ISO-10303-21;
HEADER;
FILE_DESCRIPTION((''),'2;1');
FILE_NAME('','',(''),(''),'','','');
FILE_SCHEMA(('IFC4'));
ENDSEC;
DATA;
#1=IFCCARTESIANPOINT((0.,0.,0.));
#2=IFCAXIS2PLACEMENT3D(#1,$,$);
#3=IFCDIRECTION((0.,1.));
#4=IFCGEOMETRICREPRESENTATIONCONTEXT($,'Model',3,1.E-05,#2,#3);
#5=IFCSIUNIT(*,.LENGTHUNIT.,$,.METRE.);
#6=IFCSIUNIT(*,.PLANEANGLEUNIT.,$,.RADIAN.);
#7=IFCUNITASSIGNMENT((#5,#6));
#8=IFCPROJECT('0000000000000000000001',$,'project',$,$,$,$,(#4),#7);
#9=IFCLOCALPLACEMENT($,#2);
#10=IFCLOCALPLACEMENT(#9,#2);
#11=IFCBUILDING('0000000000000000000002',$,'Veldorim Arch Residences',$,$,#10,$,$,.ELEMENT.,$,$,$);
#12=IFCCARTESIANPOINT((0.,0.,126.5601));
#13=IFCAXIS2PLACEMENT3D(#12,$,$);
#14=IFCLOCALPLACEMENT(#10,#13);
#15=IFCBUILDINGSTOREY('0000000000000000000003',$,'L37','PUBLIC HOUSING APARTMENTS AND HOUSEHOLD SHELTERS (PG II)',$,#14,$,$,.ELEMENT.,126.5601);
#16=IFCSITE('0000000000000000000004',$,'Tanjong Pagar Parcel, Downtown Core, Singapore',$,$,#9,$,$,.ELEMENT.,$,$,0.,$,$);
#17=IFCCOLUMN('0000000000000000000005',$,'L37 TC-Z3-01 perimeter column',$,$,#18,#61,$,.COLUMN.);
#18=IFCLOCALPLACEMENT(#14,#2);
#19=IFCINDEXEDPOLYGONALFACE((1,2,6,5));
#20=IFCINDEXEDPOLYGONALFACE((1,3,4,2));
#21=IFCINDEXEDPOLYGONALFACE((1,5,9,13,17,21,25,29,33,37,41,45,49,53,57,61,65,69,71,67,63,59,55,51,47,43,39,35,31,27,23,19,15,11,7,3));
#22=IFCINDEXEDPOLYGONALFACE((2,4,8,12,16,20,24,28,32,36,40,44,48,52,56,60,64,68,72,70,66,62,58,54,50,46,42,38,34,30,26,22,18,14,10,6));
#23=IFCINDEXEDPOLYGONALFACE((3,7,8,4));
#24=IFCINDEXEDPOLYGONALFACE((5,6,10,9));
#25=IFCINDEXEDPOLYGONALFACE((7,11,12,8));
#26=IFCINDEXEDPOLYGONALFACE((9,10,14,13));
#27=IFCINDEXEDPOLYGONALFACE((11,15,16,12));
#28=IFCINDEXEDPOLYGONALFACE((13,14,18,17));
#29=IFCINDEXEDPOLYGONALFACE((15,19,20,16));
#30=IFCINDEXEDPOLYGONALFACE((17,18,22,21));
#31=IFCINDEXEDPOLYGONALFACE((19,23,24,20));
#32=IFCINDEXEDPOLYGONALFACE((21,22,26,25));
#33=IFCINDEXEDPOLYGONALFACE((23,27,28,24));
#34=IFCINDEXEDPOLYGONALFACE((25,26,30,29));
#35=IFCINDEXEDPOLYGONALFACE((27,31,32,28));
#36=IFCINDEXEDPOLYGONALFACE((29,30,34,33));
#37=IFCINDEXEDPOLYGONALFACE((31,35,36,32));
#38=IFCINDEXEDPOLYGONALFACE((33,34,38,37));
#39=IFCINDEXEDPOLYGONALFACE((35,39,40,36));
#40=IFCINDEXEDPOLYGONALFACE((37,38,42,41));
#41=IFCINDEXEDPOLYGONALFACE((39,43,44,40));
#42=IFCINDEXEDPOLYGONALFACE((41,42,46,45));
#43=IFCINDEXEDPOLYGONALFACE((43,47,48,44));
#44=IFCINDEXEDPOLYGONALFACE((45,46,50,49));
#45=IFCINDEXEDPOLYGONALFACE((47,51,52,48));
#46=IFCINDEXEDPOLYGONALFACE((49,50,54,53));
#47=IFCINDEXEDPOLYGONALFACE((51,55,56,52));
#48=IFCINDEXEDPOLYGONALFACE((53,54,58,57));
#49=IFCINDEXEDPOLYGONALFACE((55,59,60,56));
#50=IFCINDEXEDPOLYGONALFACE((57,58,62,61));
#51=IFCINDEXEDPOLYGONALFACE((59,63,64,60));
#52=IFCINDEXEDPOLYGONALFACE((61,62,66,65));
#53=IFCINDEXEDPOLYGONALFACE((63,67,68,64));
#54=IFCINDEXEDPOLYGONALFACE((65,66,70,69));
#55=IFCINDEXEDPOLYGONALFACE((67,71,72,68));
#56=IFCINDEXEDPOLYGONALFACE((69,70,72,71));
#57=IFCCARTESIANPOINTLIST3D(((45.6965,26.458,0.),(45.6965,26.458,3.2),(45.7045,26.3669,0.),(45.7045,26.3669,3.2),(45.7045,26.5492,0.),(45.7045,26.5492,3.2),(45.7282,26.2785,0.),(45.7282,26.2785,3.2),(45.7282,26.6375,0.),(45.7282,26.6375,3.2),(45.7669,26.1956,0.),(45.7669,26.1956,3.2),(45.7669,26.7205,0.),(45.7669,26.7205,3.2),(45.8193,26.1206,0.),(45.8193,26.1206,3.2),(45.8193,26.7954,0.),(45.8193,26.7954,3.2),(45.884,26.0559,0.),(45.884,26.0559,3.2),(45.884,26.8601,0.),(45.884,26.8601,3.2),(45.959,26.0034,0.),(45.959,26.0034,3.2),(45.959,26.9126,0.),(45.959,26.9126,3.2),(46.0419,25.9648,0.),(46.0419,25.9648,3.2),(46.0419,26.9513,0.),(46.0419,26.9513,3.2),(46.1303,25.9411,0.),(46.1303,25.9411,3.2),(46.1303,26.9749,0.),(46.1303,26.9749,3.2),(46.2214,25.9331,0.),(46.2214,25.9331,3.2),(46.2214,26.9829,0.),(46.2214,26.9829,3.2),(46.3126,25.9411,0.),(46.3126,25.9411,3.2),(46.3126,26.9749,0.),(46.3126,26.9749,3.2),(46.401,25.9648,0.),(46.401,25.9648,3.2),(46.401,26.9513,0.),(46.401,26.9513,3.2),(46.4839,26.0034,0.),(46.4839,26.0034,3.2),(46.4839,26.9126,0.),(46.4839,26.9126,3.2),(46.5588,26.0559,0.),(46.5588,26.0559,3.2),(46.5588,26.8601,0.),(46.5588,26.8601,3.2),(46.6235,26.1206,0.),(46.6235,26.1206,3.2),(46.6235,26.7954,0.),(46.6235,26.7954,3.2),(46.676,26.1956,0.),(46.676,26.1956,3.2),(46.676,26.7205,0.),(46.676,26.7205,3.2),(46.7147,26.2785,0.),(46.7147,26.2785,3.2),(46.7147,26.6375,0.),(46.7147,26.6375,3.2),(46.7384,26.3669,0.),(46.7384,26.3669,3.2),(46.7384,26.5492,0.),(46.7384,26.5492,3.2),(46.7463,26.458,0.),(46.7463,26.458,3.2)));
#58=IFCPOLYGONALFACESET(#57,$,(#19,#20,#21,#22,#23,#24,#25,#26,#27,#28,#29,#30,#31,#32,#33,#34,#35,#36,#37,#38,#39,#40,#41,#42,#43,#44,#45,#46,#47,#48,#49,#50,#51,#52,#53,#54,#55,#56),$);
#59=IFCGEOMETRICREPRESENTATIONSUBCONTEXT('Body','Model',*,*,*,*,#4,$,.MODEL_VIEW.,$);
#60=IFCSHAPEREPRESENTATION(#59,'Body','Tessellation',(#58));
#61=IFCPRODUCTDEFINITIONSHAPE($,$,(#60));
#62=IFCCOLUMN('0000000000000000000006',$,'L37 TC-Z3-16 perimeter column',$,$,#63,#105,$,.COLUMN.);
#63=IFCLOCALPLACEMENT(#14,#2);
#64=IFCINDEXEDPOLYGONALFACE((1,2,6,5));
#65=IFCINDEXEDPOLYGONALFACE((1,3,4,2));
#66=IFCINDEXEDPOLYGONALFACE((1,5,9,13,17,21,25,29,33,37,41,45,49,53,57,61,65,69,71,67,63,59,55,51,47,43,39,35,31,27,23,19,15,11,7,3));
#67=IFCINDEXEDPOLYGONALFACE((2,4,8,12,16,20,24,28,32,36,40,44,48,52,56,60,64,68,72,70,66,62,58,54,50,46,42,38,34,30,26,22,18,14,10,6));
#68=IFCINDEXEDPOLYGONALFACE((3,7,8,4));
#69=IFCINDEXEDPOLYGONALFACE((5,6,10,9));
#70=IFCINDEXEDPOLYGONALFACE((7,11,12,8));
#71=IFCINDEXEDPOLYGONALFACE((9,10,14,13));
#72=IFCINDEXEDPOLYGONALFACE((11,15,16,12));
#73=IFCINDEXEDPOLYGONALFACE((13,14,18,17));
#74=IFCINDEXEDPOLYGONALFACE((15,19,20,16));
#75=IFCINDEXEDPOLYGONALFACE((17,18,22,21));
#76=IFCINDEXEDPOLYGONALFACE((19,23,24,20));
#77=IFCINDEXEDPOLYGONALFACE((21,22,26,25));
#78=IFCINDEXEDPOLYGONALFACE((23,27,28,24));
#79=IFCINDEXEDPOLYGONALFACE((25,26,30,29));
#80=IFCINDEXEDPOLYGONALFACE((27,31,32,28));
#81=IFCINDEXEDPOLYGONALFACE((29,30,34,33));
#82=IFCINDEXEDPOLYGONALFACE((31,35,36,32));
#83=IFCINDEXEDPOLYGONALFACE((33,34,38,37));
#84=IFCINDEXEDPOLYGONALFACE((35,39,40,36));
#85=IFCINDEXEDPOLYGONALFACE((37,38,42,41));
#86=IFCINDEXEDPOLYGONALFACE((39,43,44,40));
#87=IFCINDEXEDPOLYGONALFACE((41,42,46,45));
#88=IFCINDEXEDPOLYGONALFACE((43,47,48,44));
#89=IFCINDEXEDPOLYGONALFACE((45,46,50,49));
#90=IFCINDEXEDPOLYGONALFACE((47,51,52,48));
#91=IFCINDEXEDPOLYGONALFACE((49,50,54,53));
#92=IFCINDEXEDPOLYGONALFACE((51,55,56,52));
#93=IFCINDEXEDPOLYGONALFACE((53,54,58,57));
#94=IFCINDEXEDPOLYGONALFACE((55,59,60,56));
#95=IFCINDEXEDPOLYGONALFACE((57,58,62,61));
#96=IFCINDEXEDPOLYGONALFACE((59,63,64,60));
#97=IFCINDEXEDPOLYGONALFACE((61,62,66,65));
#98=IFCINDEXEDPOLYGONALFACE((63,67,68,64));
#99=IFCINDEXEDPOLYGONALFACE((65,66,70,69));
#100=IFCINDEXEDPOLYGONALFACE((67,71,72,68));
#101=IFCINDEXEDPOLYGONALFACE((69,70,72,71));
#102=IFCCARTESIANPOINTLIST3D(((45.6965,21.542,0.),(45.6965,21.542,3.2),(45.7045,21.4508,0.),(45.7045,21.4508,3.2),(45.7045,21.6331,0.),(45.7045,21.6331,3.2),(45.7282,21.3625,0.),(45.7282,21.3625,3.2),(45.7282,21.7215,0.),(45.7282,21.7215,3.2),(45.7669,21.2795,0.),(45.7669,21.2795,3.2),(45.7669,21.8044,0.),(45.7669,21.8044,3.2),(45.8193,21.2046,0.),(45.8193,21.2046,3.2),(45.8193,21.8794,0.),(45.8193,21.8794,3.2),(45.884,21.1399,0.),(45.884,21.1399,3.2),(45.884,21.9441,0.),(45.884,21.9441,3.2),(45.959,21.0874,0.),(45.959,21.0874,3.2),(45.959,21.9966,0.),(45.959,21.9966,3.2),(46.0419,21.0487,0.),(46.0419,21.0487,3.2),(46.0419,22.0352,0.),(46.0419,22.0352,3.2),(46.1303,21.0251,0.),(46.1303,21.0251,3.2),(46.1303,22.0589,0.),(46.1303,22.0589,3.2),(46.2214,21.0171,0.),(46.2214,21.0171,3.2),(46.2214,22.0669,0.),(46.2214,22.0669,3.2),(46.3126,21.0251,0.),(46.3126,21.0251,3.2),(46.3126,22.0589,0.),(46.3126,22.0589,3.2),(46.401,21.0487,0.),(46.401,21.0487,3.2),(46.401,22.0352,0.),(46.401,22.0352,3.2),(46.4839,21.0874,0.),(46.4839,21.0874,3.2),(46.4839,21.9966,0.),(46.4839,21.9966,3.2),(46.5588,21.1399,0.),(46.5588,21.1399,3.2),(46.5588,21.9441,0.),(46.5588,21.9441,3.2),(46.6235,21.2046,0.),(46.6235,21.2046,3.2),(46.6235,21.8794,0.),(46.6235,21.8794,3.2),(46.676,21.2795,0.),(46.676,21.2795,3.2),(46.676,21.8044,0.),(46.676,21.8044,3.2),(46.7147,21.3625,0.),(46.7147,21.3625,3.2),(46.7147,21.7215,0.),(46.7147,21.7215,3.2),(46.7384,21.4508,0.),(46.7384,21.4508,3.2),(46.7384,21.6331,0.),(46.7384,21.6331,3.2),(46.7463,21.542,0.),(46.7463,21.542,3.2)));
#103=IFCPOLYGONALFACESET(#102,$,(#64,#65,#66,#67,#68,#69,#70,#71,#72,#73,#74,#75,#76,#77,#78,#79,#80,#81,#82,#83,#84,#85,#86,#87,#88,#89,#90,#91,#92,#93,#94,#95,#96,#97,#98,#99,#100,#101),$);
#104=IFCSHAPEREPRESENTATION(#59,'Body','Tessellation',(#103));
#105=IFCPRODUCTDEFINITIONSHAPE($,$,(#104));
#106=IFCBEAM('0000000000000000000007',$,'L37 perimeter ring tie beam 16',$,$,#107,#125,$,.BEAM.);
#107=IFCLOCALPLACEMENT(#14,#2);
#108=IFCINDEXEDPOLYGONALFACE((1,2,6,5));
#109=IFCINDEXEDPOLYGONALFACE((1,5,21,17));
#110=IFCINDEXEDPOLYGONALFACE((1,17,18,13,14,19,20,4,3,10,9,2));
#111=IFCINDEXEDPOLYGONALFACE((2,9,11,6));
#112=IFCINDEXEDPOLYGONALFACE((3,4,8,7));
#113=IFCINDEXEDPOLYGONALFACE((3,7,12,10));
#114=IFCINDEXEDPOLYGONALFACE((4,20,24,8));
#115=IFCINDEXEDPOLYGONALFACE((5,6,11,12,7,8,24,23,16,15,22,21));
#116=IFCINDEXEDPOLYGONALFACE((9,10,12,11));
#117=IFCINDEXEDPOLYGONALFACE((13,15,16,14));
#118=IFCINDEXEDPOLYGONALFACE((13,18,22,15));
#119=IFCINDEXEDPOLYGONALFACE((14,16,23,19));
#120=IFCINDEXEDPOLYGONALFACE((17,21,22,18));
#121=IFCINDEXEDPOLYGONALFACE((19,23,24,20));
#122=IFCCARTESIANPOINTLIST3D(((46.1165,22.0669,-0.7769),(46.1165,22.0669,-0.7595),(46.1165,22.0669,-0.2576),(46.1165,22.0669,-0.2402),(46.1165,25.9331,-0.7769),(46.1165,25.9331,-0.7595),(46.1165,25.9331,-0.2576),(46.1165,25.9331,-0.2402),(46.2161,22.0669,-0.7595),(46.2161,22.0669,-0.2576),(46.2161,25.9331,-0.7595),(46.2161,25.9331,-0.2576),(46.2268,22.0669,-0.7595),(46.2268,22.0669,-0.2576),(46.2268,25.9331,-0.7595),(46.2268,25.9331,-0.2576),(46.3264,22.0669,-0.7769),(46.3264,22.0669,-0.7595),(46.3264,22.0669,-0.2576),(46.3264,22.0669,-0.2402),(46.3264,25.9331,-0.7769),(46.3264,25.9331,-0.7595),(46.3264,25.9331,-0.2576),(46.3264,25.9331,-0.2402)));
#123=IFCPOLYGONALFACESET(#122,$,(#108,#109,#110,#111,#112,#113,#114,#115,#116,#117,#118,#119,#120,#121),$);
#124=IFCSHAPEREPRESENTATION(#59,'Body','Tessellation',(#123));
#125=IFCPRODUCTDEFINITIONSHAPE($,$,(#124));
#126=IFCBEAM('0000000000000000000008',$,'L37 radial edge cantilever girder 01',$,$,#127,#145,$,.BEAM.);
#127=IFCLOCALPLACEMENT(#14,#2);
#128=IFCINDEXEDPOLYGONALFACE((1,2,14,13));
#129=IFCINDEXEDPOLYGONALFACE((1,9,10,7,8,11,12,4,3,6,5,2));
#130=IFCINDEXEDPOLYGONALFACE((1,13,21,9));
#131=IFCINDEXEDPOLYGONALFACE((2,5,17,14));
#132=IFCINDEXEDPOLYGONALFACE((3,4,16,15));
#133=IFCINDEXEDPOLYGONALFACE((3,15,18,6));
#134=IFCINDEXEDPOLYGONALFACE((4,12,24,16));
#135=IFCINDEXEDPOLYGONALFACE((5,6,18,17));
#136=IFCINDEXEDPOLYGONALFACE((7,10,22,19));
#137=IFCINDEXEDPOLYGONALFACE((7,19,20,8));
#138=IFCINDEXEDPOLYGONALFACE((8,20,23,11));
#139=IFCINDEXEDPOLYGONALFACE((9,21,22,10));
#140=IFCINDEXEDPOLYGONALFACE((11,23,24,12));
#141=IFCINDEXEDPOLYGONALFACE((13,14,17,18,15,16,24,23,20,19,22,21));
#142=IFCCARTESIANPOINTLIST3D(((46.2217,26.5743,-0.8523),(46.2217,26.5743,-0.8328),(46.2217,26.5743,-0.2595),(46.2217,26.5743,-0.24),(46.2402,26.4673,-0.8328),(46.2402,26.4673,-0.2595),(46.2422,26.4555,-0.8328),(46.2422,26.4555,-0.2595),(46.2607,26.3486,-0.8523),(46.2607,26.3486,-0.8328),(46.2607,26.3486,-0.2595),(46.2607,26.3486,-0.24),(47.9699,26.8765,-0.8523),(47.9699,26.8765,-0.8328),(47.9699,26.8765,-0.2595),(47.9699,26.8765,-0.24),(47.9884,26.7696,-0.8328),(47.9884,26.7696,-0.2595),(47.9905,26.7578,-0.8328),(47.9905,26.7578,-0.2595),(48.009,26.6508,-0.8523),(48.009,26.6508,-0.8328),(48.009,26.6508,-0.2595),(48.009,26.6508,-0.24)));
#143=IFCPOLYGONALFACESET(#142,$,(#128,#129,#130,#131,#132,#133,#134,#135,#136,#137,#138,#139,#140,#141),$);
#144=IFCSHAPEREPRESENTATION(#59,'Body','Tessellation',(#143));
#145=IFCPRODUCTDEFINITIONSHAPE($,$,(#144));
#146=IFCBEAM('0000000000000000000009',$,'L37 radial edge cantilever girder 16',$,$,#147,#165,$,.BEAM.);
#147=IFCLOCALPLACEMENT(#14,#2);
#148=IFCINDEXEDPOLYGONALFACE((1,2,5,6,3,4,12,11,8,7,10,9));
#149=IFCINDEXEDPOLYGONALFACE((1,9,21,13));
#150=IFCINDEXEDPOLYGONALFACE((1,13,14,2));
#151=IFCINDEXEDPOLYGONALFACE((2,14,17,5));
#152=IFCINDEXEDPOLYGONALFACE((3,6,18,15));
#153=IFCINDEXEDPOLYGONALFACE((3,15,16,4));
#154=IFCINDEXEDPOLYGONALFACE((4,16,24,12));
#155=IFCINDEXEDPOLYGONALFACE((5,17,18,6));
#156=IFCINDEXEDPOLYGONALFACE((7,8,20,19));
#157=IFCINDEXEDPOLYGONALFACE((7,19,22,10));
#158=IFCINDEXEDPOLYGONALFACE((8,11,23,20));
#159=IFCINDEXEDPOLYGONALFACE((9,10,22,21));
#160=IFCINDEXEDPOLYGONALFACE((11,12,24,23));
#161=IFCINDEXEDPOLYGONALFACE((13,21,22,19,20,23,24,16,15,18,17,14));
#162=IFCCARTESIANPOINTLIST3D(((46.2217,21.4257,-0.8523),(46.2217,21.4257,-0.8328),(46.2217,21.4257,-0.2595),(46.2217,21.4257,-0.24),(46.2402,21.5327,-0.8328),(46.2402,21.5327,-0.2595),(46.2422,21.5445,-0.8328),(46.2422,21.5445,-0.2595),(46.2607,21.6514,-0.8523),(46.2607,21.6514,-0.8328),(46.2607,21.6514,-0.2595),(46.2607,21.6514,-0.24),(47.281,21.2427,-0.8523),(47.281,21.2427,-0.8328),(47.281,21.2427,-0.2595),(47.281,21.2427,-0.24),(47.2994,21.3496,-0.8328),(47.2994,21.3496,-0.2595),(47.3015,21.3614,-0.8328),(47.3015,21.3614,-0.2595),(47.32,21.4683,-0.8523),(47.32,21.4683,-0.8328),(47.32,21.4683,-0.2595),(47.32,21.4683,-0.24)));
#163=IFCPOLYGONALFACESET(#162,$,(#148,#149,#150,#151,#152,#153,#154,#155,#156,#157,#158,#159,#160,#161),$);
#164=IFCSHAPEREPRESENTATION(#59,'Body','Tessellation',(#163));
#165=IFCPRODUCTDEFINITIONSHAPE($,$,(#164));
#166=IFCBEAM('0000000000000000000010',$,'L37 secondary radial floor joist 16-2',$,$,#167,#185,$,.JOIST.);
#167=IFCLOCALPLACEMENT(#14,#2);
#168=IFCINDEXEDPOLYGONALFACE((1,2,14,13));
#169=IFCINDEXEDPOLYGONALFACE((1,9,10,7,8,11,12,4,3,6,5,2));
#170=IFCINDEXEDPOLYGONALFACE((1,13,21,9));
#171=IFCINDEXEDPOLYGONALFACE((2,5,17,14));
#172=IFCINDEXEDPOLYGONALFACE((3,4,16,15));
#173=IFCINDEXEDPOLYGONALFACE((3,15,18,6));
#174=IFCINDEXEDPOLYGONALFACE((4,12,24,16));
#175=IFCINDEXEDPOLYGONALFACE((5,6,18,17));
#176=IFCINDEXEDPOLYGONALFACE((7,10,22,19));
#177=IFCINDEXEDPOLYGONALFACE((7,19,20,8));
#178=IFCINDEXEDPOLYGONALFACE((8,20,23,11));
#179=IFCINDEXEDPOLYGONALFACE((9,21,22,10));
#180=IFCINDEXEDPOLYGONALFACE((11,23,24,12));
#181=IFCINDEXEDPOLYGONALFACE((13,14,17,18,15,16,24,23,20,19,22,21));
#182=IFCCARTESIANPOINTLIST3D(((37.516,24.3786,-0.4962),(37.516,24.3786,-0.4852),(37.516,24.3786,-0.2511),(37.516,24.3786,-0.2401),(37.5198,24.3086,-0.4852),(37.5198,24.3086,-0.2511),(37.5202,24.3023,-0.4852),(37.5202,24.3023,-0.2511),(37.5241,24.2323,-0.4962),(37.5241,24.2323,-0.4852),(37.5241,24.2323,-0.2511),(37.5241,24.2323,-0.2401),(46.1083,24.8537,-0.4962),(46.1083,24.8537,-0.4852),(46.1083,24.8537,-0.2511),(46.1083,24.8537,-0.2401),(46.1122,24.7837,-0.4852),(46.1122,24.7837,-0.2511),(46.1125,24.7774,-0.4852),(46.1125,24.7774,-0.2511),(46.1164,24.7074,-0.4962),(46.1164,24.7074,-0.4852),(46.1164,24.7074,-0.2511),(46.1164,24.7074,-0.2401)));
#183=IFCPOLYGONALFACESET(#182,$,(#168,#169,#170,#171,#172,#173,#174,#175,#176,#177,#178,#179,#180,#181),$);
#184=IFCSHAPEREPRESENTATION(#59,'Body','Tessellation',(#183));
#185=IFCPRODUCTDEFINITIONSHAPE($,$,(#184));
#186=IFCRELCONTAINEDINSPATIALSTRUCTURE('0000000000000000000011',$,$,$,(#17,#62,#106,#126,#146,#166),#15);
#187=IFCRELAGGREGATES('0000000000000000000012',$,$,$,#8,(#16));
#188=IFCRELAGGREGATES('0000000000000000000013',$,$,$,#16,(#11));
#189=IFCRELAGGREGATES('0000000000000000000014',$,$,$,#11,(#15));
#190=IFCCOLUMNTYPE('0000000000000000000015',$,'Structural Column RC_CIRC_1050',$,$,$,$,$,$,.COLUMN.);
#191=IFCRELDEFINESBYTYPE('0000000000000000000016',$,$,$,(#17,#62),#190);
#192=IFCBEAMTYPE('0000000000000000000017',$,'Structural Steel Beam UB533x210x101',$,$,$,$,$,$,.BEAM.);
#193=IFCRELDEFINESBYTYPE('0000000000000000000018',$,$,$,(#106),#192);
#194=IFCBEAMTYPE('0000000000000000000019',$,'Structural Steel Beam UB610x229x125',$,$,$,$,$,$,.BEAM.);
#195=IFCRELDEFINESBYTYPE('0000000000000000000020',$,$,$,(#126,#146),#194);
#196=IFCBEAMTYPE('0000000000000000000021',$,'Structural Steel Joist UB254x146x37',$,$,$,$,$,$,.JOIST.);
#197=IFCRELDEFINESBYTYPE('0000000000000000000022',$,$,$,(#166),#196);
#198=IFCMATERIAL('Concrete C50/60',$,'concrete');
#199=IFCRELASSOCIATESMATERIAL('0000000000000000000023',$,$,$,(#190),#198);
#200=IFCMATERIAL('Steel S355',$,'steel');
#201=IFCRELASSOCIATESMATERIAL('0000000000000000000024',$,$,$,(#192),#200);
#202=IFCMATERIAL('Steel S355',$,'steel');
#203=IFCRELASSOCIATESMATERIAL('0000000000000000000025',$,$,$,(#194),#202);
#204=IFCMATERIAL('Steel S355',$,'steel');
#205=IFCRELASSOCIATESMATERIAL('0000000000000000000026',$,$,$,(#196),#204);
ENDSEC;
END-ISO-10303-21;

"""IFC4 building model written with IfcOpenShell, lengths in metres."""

from ifc_helpers import new_model, si_unit, direction, frame, origin, origin_2d, place, context, subcontext, project, spatial, circle, i_section, extrude, material, material_profile, profile_set, type_object, element, save


model = new_model("IFC4")

# Units and contexts
model_context = context("Model", 3, precision=1e-05, world=origin(), true_north=direction((0.0, 1.0)))
body_context = subcontext(model_context, "Body", "Model", "MODEL_VIEW")
ifc_project = project(units=[si_unit("LENGTHUNIT", "METRE"), si_unit("PLANEANGLEUNIT", "RADIAN")], contexts=[model_context])

# Site, building, storey
site_placement = place(None, origin())
site = spatial("IfcSite", under=ifc_project, at=site_placement, Name="Tanjong Pagar Parcel, Downtown Core, Singapore", CompositionType="ELEMENT", RefElevation=0.0)
building_placement = place(site_placement, origin())
building = spatial("IfcBuilding", under=site, at=building_placement, Name="Veldorim Arch Residences", CompositionType="ELEMENT")
storey_placement = place(building_placement, frame((0.0, 0.0, 126.5601)))
storey = spatial("IfcBuildingStorey", under=building, at=storey_placement, Name="L37", Description="PUBLIC HOUSING APARTMENTS AND HOUSEHOLD SHELTERS (PG II)", CompositionType="ELEMENT", Elevation=126.5601)

# Columns
ifc_material_1 = material(Name="Concrete C50/60", Category="concrete")
ifc_material_profile_1 = material_profile(ifc_material_1, circle(Radius=0.5249, at=origin_2d()), Name="RC_CIRC_1050")
ifc_profile_set_1 = profile_set([ifc_material_profile_1], Name="Concrete C50/60")
column_type = type_object("IfcColumnType", Name="Structural Column RC_CIRC_1050", PredefinedType="COLUMN", material=ifc_profile_set_1)
for number, where, z_axis, x_axis, name in (
    (1, (46.2214, 26.458, 0.0), (0.0, 0.0, 1.0), (1.0, 0.0, 0.0), "L37 TC-Z3-01 perimeter column"),
    (2, (46.2214, 21.542, 0.0), (0.0, 0.0, 1.0), (1.0, 0.0, 0.0), "L37 TC-Z3-16 perimeter column"),
):
    element("IfcColumn", number, at=place(storey_placement, frame(where, z_axis=z_axis, x_axis=x_axis)), inside=storey, type_object=column_type, Name=name, PredefinedType="COLUMN", context=body_context, shape_type="SweptSolid", body=[
        extrude(circle(Radius=0.5249, at=origin_2d()), origin(), (0.0, 0.0, 1.0), 3.2),
    ])

# Beams
ifc_material_2 = material(Name="Steel S355", Category="steel")
ifc_material_profile_2 = material_profile(ifc_material_2, i_section(OverallWidth=0.21, OverallDepth=0.5366, WebThickness=0.0107, FlangeThickness=0.0173, at=origin_2d()), Name="UB533x210x101")
ifc_profile_set_2 = profile_set([ifc_material_profile_2], Name="Steel S355")
beam_type_1 = type_object("IfcBeamType", Name="Structural Steel Beam UB533x210x101", PredefinedType="BEAM", material=ifc_profile_set_2)
beam_1_placement = place(storey_placement, frame((46.2214, 22.0669, -0.5085), z_axis=(0.0, 1.0, 0.0), x_axis=(-1.0, 0.0, 0.0)))
element("IfcBeam", 3, at=beam_1_placement, inside=storey, type_object=beam_type_1, Name="L37 perimeter ring tie beam 16", PredefinedType="BEAM", context=body_context, shape_type="SweptSolid", body=[
    extrude(i_section(OverallWidth=0.21, OverallDepth=0.5366, WebThickness=0.0107, FlangeThickness=0.0173, at=origin_2d()), origin(), (0.0, 0.0, 1.0), 3.8662),
])
ifc_material_3 = material(Name="Steel S355", Category="steel")
ifc_material_profile_3 = material_profile(ifc_material_3, i_section(OverallWidth=0.229, OverallDepth=0.6123, WebThickness=0.012, FlangeThickness=0.0195, at=origin_2d()), Name="UB610x229x125")
ifc_profile_set_3 = profile_set([ifc_material_profile_3], Name="Steel S355")
beam_type_2 = type_object("IfcBeamType", Name="Structural Steel Beam UB610x229x125", PredefinedType="BEAM", material=ifc_profile_set_3)
beam_2_placement = place(storey_placement, frame((46.2412, 26.4614, -0.5461), z_axis=(0.985383, 0.170354, 0.0), x_axis=(-0.170354, 0.985383, 0.0)))
element("IfcBeam", 4, at=beam_2_placement, inside=storey, type_object=beam_type_2, Name="L37 radial edge cantilever girder 01", PredefinedType="BEAM", context=body_context, shape_type="SweptSolid", body=[
    extrude(i_section(OverallWidth=0.229, OverallDepth=0.6123, WebThickness=0.012, FlangeThickness=0.0195, at=origin_2d()), origin(), (0.0, 0.0, 1.0), 1.7742),
])
beam_3_placement = place(storey_placement, frame((46.2412, 21.5386, -0.5461), z_axis=(0.985388, -0.170325, 0.0), x_axis=(0.170325, 0.985388, 0.0)))
element("IfcBeam", 5, at=beam_3_placement, inside=storey, type_object=beam_type_2, Name="L37 radial edge cantilever girder 16", PredefinedType="BEAM", context=body_context, shape_type="SweptSolid", body=[
    extrude(i_section(OverallWidth=0.229, OverallDepth=0.6123, WebThickness=0.012, FlangeThickness=0.0195, at=origin_2d()), origin(), (0.0, 0.0, 1.0), 1.075),
])
ifc_material_4 = material(Name="Steel S355", Category="steel")
ifc_material_profile_4 = material_profile(ifc_material_4, i_section(OverallWidth=0.1465, OverallDepth=0.2561, WebThickness=0.0063, FlangeThickness=0.011, at=origin_2d()), Name="UB254x146x37")
ifc_profile_set_4 = profile_set([ifc_material_profile_4], Name="Steel S355")
beam_type_3 = type_object("IfcBeamType", Name="Structural Steel Joist UB254x146x37", PredefinedType="JOIST", material=ifc_profile_set_4)
beam_4_placement = place(storey_placement, frame((37.52, 24.3054, -0.3682), z_axis=(0.998475, 0.055209, 0.0), x_axis=(-0.055209, 0.998475, 0.0)))
element("IfcBeam", 6, at=beam_4_placement, inside=storey, type_object=beam_type_3, Name="L37 secondary radial floor joist 16-2", PredefinedType="JOIST", context=body_context, shape_type="SweptSolid", body=[
    extrude(i_section(OverallWidth=0.1465, OverallDepth=0.2561, WebThickness=0.0063, FlangeThickness=0.011, at=origin_2d()), origin(), (0.0, 0.0, 1.0), 8.6055),
])

save(model, "model.ifc")
